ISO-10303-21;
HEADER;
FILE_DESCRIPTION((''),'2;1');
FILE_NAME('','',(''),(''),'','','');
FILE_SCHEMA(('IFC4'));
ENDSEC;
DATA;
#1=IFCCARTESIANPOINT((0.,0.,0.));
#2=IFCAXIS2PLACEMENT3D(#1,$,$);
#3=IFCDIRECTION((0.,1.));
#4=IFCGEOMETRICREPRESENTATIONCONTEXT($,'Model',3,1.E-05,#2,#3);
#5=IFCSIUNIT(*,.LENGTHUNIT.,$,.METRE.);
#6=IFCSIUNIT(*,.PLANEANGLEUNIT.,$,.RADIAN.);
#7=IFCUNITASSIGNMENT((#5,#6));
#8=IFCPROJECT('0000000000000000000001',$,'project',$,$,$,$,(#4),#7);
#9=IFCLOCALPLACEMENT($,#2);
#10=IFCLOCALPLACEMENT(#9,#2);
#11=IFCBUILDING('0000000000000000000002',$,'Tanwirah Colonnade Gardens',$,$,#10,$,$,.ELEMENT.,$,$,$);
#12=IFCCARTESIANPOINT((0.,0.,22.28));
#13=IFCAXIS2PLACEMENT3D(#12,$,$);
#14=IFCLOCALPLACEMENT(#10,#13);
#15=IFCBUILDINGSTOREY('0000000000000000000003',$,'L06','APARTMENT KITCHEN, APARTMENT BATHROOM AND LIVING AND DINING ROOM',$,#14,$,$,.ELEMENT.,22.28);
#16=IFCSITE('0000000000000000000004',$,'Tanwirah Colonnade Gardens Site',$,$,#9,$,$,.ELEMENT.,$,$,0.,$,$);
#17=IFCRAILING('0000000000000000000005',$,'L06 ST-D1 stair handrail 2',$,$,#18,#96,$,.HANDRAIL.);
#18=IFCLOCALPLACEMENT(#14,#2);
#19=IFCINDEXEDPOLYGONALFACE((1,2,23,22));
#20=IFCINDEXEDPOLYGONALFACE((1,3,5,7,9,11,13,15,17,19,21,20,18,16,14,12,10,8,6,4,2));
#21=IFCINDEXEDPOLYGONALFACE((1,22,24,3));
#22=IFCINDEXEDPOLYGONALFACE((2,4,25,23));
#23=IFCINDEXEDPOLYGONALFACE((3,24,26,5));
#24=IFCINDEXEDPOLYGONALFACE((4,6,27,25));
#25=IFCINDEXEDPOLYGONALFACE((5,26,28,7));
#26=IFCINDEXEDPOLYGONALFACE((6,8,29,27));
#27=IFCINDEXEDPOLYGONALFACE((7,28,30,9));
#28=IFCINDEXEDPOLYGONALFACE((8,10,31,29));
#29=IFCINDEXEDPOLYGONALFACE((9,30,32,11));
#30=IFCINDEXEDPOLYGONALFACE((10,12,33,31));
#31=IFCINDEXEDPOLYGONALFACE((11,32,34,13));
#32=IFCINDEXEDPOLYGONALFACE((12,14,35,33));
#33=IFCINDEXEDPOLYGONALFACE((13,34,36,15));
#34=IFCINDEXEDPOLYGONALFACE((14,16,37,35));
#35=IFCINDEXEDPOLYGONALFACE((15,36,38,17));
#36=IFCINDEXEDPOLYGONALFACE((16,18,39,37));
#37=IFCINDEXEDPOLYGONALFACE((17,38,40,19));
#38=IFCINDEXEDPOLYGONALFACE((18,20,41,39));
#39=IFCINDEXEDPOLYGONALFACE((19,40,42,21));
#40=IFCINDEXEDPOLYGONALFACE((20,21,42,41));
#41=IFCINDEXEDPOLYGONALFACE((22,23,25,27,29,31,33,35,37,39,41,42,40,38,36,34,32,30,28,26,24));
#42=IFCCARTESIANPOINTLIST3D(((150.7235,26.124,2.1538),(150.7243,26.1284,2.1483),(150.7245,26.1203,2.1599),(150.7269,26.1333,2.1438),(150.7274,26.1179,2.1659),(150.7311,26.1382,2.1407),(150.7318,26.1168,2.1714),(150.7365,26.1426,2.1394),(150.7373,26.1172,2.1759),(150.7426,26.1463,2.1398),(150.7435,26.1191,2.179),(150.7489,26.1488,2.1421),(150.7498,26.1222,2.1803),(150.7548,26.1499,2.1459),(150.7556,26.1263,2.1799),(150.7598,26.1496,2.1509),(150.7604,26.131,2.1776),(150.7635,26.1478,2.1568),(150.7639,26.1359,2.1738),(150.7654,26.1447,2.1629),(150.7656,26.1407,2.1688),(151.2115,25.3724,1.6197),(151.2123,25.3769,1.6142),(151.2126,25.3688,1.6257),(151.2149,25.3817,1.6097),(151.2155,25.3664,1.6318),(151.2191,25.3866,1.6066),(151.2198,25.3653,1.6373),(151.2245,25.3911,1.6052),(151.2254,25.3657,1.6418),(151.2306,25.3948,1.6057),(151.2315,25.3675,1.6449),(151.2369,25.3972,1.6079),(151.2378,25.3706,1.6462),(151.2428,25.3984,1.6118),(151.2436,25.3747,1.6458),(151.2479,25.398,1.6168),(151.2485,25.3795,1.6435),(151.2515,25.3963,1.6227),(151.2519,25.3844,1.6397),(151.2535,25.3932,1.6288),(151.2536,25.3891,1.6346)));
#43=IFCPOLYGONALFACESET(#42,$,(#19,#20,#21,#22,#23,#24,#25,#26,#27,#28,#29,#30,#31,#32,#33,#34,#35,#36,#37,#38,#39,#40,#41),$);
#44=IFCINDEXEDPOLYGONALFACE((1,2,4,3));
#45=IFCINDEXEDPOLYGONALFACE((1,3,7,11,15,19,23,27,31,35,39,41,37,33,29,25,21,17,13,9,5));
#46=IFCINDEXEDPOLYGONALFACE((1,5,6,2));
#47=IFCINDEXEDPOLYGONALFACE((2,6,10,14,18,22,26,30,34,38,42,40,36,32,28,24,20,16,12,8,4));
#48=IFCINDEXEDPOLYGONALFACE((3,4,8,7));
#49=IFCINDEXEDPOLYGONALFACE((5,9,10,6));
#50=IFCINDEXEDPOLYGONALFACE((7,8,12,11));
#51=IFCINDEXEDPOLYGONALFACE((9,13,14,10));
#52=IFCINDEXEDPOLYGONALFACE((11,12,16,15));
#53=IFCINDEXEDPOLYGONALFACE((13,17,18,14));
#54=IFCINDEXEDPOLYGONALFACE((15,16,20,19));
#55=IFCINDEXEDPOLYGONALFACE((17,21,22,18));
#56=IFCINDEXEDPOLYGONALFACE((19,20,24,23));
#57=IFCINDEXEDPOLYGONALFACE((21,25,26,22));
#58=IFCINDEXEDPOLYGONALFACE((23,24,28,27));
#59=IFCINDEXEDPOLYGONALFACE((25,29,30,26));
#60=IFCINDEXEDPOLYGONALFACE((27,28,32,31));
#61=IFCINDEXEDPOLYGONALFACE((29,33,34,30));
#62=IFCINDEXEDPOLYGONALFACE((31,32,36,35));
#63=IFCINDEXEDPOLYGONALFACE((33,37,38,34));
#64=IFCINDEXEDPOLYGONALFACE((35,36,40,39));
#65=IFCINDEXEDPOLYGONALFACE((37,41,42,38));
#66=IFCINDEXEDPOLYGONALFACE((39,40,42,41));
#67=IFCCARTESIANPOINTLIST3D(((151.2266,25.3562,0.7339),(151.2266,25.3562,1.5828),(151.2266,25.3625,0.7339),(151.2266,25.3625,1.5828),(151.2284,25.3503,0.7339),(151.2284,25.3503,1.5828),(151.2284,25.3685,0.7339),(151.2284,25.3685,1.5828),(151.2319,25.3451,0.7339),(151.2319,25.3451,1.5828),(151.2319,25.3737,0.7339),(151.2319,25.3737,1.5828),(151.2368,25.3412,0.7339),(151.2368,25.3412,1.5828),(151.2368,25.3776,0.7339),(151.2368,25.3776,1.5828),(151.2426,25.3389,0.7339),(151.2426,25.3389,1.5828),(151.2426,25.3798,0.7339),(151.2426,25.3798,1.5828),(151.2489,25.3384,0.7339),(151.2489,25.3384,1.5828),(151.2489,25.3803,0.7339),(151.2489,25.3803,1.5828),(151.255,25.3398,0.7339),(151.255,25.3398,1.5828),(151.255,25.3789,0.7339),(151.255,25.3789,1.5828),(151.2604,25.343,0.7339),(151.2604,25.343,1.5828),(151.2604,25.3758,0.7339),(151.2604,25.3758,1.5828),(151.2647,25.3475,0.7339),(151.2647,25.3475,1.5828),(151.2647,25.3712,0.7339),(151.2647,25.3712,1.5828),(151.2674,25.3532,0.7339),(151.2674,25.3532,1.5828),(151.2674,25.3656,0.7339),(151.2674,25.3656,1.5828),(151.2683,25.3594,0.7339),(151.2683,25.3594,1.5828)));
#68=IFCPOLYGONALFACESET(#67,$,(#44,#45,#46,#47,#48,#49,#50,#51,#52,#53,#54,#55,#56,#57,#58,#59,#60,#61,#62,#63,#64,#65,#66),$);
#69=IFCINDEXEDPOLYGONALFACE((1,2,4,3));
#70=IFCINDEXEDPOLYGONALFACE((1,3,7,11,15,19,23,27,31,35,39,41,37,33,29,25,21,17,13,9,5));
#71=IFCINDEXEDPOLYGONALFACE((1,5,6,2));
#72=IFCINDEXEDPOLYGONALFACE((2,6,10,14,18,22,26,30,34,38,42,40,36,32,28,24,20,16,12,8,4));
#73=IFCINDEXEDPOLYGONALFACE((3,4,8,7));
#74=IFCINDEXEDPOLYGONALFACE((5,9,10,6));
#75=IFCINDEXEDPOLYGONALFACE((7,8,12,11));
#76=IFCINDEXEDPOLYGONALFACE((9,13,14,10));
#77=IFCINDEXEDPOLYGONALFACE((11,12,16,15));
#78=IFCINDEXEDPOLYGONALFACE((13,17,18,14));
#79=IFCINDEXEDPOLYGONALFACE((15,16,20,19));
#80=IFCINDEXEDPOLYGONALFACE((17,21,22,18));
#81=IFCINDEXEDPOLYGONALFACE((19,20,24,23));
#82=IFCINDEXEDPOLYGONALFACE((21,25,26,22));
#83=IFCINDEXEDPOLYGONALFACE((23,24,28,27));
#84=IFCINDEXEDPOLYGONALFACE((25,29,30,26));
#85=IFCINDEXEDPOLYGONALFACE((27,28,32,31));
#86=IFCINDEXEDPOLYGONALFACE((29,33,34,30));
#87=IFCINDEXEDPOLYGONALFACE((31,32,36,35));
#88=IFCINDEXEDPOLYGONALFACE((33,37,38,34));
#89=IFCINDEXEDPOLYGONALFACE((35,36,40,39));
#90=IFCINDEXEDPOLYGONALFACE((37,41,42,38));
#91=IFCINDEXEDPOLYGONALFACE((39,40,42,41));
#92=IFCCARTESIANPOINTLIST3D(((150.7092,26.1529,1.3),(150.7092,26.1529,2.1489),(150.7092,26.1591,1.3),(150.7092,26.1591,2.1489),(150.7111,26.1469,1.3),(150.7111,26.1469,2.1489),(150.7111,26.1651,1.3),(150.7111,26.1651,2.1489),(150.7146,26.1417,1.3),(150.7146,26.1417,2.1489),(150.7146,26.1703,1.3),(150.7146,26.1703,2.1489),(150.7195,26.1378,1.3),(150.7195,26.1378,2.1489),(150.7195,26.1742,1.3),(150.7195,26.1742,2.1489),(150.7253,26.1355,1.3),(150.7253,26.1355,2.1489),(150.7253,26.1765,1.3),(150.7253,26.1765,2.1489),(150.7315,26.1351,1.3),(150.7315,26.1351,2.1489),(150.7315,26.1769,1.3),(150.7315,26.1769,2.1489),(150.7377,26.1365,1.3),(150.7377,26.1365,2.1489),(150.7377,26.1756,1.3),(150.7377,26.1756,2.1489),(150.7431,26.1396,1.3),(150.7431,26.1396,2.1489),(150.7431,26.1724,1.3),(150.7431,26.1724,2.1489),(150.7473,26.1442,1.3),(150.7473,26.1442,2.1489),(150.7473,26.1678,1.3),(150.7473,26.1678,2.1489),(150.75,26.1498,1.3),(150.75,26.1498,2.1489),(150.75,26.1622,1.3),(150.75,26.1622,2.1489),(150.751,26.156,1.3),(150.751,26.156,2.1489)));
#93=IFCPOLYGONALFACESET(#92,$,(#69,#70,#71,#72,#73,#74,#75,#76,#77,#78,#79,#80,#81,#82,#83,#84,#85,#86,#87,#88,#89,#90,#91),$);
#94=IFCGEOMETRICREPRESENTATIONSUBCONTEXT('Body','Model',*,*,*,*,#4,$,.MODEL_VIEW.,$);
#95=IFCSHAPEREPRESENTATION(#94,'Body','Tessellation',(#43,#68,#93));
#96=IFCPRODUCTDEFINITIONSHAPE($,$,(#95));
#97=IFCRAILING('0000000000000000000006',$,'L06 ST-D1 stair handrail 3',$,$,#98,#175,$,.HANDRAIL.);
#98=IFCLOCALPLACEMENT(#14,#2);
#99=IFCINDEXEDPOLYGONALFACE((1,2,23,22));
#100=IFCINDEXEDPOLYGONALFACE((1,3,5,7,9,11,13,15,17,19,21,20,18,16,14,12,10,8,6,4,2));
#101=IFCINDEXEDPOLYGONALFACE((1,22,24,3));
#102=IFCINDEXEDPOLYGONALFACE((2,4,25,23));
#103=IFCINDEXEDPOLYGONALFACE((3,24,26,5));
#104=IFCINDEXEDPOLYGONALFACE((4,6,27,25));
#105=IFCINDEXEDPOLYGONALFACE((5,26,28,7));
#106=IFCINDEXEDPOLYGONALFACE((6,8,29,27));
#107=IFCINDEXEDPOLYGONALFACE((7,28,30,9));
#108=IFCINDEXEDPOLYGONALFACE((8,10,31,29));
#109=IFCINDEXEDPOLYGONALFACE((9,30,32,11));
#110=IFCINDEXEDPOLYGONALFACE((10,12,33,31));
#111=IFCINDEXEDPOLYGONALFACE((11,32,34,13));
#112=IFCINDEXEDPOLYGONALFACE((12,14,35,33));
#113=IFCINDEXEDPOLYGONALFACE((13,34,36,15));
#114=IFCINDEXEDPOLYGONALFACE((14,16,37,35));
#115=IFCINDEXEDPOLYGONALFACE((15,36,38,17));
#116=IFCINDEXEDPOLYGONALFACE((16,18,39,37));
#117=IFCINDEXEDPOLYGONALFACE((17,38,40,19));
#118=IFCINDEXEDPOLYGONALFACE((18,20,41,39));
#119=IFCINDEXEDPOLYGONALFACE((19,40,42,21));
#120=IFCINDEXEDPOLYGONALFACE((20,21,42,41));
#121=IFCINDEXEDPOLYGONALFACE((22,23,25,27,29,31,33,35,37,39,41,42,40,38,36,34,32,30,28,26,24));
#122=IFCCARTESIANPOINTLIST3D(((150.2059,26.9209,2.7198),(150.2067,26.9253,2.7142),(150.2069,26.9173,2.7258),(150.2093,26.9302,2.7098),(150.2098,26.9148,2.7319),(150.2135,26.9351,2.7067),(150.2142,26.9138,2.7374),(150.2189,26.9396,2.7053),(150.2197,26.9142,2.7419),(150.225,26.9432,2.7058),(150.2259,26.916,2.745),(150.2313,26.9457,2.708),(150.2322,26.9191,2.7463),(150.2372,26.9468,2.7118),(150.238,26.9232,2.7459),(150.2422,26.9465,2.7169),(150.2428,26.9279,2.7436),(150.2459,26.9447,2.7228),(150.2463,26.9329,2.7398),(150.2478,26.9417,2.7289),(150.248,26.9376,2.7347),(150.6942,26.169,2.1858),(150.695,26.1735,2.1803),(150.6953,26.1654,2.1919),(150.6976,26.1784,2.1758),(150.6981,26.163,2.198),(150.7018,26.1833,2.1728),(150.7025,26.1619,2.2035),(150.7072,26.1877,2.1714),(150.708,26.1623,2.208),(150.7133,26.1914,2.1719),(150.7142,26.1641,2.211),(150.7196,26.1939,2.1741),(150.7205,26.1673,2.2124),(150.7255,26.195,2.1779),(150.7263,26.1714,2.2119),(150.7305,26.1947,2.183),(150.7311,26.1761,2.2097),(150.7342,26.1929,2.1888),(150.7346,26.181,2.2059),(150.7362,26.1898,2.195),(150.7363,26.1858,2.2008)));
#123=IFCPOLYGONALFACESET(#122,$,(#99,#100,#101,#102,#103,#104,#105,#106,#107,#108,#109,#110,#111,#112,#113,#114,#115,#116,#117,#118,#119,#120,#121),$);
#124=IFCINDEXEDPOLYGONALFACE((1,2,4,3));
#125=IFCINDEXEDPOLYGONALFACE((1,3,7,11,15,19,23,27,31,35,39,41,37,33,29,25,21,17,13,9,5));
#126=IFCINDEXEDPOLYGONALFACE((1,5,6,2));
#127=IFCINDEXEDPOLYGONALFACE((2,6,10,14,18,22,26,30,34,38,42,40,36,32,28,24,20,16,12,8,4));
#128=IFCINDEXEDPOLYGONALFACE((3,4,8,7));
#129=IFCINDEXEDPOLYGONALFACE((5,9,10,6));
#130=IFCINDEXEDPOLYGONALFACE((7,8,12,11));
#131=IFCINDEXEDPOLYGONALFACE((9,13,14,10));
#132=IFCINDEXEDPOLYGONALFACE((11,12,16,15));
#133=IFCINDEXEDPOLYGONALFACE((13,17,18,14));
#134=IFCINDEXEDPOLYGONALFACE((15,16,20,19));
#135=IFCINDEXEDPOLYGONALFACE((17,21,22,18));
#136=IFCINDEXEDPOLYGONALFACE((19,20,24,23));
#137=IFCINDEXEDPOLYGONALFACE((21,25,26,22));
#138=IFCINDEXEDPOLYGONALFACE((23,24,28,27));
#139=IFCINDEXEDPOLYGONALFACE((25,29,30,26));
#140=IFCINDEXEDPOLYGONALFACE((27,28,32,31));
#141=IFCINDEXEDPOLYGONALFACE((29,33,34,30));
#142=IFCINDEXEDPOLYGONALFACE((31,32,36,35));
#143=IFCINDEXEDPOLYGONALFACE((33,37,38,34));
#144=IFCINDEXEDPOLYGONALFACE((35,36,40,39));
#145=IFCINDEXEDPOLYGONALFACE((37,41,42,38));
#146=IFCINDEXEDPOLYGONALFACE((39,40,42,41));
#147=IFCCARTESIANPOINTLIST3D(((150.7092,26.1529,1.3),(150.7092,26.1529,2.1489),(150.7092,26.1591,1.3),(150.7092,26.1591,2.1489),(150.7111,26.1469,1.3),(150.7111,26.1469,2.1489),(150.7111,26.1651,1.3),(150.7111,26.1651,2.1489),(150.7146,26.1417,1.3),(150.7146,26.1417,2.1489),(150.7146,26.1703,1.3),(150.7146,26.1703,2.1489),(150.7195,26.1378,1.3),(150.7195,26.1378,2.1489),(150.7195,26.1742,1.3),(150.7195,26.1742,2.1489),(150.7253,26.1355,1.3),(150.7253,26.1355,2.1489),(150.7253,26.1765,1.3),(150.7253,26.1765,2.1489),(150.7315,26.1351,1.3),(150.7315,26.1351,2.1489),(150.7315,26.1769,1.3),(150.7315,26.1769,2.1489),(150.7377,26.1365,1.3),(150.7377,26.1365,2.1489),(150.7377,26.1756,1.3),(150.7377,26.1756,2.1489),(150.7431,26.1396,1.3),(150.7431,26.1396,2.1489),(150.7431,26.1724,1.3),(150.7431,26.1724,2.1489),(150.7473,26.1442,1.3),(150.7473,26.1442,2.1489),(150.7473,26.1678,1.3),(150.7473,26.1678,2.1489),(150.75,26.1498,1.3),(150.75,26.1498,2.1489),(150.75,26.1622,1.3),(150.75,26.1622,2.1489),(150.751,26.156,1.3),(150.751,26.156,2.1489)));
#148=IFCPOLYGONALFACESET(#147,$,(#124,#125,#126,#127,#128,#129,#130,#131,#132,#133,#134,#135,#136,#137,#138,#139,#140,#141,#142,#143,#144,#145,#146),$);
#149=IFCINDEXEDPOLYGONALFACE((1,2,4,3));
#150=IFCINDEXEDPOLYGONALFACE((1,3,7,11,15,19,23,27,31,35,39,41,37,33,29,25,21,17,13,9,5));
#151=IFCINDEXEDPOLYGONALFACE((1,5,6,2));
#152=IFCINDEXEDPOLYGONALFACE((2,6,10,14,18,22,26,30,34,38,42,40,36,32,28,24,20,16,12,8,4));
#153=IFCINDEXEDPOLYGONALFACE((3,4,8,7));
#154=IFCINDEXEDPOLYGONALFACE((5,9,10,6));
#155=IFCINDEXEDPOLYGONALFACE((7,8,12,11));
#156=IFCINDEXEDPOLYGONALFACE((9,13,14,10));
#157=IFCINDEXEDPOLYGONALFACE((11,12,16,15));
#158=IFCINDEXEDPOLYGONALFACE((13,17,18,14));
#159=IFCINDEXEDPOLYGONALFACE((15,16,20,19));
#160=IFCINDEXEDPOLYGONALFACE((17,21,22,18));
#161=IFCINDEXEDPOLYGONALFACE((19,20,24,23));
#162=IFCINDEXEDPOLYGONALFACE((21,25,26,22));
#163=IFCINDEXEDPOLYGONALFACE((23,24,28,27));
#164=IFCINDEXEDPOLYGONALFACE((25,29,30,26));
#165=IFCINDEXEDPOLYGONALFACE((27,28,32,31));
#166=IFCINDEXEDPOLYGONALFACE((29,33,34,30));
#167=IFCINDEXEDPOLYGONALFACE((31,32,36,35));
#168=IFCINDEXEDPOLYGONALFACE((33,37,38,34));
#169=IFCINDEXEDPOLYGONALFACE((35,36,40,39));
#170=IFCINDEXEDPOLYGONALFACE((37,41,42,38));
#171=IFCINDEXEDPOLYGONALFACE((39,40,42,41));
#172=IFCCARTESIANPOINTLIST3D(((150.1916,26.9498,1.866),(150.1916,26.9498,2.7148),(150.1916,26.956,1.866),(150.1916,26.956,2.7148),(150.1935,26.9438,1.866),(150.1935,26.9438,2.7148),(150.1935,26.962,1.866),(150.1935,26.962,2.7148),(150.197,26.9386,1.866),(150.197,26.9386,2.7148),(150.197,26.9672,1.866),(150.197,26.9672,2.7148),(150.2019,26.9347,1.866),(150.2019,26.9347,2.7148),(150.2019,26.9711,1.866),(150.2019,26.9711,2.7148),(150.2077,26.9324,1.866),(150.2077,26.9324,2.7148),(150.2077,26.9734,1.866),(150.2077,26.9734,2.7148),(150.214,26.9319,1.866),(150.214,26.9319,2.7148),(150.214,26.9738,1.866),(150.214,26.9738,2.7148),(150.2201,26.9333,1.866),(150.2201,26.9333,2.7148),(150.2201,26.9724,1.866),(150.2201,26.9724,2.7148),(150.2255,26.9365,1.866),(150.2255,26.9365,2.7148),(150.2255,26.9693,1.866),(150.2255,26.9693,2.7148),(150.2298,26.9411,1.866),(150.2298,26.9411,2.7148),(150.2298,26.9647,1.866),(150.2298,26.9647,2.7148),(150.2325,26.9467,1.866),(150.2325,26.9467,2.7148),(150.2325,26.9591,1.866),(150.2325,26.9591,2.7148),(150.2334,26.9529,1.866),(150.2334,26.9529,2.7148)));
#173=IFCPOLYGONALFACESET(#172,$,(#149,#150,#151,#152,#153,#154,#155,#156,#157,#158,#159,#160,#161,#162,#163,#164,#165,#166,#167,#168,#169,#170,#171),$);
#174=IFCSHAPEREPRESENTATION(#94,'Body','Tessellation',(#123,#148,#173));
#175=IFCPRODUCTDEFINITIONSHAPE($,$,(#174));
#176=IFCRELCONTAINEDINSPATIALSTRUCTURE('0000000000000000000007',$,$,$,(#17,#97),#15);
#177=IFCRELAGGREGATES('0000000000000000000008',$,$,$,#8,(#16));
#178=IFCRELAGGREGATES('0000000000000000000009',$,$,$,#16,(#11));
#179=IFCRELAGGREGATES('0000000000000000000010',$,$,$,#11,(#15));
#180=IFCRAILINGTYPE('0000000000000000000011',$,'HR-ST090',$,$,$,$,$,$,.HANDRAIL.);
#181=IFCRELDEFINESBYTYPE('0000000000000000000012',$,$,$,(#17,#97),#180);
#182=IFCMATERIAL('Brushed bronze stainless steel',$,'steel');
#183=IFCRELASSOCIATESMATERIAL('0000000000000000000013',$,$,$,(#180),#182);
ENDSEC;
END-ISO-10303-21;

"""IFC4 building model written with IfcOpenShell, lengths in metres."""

from ifc_helpers import new_model, si_unit, direction, frame, origin, origin_2d, place, context, subcontext, project, spatial, circle, extrude, material, type_object, element, save


model = new_model("IFC4")

# Units and contexts
model_context = context("Model", 3, precision=1e-05, world=origin(), true_north=direction((0.0, 1.0)))
body_context = subcontext(model_context, "Body", "Model", "MODEL_VIEW")
ifc_project = project(units=[si_unit("LENGTHUNIT", "METRE"), si_unit("PLANEANGLEUNIT", "RADIAN")], contexts=[model_context])

# Site, building, storey
site_placement = place(None, origin())
site = spatial("IfcSite", under=ifc_project, at=site_placement, Name="Tanwirah Colonnade Gardens Site", CompositionType="ELEMENT", RefElevation=0.0)
building_placement = place(site_placement, origin())
building = spatial("IfcBuilding", under=site, at=building_placement, Name="Tanwirah Colonnade Gardens", CompositionType="ELEMENT")
storey_placement = place(building_placement, frame((0.0, 0.0, 22.28)))
storey = spatial("IfcBuildingStorey", under=building, at=storey_placement, Name="L06", Description="APARTMENT KITCHEN, APARTMENT BATHROOM AND LIVING AND DINING ROOM", CompositionType="ELEMENT", Elevation=22.28)

# Railings
ifc_material_1 = material(Name="Brushed bronze stainless steel", Category="steel")
railing_type_1 = type_object("IfcRailingType", Name="HR-ST090", PredefinedType="HANDRAIL", material=ifc_material_1)
railing_1_placement = place(storey_placement, frame((151.2473, 25.3594, 0.7339)))
element("IfcRailing", 1, at=railing_1_placement, inside=storey, type_object=railing_type_1, Name="L06 ST-D1 stair handrail 2", PredefinedType="HANDRAIL", context=body_context, shape_type="SweptSolid", body=[
    extrude(circle(Radius=0.0239, at=origin_2d()), frame((-0.0146, 0.0225, 0.8918), z_axis=(-0.467837, 0.720411, 0.511993), x_axis=(-0.838673, -0.544636, 0.0)), (0.0, 0.0, 1.0), 1.0432),
    extrude(circle(Radius=0.021, at=origin_2d()), origin(), (0.0, 0.0, 1.0), 0.8489),
    extrude(circle(Radius=0.021, at=origin_2d()), frame((-0.5173, 0.7966, 0.5662)), (0.0, 0.0, 1.0), 0.8489),
])
railing_2_placement = place(storey_placement, frame((150.73, 26.156, 1.3)))
element("IfcRailing", 2, at=railing_2_placement, inside=storey, type_object=railing_type_1, Name="L06 ST-D1 stair handrail 3", PredefinedType="HANDRAIL", context=body_context, shape_type="SweptSolid", body=[
    extrude(circle(Radius=0.0239, at=origin_2d()), frame((-0.0146, 0.0225, 0.8918), z_axis=(-0.467988, 0.720524, 0.511696), x_axis=(-0.838631, -0.544699, 0.0)), (0.0, 0.0, 1.0), 1.0435),
    extrude(circle(Radius=0.021, at=origin_2d()), origin(), (0.0, 0.0, 1.0), 0.8489),
    extrude(circle(Radius=0.021, at=origin_2d()), frame((-0.5176, 0.7969, 0.5659)), (0.0, 0.0, 1.0), 0.8489),
])

save(model, "model.ifc")
